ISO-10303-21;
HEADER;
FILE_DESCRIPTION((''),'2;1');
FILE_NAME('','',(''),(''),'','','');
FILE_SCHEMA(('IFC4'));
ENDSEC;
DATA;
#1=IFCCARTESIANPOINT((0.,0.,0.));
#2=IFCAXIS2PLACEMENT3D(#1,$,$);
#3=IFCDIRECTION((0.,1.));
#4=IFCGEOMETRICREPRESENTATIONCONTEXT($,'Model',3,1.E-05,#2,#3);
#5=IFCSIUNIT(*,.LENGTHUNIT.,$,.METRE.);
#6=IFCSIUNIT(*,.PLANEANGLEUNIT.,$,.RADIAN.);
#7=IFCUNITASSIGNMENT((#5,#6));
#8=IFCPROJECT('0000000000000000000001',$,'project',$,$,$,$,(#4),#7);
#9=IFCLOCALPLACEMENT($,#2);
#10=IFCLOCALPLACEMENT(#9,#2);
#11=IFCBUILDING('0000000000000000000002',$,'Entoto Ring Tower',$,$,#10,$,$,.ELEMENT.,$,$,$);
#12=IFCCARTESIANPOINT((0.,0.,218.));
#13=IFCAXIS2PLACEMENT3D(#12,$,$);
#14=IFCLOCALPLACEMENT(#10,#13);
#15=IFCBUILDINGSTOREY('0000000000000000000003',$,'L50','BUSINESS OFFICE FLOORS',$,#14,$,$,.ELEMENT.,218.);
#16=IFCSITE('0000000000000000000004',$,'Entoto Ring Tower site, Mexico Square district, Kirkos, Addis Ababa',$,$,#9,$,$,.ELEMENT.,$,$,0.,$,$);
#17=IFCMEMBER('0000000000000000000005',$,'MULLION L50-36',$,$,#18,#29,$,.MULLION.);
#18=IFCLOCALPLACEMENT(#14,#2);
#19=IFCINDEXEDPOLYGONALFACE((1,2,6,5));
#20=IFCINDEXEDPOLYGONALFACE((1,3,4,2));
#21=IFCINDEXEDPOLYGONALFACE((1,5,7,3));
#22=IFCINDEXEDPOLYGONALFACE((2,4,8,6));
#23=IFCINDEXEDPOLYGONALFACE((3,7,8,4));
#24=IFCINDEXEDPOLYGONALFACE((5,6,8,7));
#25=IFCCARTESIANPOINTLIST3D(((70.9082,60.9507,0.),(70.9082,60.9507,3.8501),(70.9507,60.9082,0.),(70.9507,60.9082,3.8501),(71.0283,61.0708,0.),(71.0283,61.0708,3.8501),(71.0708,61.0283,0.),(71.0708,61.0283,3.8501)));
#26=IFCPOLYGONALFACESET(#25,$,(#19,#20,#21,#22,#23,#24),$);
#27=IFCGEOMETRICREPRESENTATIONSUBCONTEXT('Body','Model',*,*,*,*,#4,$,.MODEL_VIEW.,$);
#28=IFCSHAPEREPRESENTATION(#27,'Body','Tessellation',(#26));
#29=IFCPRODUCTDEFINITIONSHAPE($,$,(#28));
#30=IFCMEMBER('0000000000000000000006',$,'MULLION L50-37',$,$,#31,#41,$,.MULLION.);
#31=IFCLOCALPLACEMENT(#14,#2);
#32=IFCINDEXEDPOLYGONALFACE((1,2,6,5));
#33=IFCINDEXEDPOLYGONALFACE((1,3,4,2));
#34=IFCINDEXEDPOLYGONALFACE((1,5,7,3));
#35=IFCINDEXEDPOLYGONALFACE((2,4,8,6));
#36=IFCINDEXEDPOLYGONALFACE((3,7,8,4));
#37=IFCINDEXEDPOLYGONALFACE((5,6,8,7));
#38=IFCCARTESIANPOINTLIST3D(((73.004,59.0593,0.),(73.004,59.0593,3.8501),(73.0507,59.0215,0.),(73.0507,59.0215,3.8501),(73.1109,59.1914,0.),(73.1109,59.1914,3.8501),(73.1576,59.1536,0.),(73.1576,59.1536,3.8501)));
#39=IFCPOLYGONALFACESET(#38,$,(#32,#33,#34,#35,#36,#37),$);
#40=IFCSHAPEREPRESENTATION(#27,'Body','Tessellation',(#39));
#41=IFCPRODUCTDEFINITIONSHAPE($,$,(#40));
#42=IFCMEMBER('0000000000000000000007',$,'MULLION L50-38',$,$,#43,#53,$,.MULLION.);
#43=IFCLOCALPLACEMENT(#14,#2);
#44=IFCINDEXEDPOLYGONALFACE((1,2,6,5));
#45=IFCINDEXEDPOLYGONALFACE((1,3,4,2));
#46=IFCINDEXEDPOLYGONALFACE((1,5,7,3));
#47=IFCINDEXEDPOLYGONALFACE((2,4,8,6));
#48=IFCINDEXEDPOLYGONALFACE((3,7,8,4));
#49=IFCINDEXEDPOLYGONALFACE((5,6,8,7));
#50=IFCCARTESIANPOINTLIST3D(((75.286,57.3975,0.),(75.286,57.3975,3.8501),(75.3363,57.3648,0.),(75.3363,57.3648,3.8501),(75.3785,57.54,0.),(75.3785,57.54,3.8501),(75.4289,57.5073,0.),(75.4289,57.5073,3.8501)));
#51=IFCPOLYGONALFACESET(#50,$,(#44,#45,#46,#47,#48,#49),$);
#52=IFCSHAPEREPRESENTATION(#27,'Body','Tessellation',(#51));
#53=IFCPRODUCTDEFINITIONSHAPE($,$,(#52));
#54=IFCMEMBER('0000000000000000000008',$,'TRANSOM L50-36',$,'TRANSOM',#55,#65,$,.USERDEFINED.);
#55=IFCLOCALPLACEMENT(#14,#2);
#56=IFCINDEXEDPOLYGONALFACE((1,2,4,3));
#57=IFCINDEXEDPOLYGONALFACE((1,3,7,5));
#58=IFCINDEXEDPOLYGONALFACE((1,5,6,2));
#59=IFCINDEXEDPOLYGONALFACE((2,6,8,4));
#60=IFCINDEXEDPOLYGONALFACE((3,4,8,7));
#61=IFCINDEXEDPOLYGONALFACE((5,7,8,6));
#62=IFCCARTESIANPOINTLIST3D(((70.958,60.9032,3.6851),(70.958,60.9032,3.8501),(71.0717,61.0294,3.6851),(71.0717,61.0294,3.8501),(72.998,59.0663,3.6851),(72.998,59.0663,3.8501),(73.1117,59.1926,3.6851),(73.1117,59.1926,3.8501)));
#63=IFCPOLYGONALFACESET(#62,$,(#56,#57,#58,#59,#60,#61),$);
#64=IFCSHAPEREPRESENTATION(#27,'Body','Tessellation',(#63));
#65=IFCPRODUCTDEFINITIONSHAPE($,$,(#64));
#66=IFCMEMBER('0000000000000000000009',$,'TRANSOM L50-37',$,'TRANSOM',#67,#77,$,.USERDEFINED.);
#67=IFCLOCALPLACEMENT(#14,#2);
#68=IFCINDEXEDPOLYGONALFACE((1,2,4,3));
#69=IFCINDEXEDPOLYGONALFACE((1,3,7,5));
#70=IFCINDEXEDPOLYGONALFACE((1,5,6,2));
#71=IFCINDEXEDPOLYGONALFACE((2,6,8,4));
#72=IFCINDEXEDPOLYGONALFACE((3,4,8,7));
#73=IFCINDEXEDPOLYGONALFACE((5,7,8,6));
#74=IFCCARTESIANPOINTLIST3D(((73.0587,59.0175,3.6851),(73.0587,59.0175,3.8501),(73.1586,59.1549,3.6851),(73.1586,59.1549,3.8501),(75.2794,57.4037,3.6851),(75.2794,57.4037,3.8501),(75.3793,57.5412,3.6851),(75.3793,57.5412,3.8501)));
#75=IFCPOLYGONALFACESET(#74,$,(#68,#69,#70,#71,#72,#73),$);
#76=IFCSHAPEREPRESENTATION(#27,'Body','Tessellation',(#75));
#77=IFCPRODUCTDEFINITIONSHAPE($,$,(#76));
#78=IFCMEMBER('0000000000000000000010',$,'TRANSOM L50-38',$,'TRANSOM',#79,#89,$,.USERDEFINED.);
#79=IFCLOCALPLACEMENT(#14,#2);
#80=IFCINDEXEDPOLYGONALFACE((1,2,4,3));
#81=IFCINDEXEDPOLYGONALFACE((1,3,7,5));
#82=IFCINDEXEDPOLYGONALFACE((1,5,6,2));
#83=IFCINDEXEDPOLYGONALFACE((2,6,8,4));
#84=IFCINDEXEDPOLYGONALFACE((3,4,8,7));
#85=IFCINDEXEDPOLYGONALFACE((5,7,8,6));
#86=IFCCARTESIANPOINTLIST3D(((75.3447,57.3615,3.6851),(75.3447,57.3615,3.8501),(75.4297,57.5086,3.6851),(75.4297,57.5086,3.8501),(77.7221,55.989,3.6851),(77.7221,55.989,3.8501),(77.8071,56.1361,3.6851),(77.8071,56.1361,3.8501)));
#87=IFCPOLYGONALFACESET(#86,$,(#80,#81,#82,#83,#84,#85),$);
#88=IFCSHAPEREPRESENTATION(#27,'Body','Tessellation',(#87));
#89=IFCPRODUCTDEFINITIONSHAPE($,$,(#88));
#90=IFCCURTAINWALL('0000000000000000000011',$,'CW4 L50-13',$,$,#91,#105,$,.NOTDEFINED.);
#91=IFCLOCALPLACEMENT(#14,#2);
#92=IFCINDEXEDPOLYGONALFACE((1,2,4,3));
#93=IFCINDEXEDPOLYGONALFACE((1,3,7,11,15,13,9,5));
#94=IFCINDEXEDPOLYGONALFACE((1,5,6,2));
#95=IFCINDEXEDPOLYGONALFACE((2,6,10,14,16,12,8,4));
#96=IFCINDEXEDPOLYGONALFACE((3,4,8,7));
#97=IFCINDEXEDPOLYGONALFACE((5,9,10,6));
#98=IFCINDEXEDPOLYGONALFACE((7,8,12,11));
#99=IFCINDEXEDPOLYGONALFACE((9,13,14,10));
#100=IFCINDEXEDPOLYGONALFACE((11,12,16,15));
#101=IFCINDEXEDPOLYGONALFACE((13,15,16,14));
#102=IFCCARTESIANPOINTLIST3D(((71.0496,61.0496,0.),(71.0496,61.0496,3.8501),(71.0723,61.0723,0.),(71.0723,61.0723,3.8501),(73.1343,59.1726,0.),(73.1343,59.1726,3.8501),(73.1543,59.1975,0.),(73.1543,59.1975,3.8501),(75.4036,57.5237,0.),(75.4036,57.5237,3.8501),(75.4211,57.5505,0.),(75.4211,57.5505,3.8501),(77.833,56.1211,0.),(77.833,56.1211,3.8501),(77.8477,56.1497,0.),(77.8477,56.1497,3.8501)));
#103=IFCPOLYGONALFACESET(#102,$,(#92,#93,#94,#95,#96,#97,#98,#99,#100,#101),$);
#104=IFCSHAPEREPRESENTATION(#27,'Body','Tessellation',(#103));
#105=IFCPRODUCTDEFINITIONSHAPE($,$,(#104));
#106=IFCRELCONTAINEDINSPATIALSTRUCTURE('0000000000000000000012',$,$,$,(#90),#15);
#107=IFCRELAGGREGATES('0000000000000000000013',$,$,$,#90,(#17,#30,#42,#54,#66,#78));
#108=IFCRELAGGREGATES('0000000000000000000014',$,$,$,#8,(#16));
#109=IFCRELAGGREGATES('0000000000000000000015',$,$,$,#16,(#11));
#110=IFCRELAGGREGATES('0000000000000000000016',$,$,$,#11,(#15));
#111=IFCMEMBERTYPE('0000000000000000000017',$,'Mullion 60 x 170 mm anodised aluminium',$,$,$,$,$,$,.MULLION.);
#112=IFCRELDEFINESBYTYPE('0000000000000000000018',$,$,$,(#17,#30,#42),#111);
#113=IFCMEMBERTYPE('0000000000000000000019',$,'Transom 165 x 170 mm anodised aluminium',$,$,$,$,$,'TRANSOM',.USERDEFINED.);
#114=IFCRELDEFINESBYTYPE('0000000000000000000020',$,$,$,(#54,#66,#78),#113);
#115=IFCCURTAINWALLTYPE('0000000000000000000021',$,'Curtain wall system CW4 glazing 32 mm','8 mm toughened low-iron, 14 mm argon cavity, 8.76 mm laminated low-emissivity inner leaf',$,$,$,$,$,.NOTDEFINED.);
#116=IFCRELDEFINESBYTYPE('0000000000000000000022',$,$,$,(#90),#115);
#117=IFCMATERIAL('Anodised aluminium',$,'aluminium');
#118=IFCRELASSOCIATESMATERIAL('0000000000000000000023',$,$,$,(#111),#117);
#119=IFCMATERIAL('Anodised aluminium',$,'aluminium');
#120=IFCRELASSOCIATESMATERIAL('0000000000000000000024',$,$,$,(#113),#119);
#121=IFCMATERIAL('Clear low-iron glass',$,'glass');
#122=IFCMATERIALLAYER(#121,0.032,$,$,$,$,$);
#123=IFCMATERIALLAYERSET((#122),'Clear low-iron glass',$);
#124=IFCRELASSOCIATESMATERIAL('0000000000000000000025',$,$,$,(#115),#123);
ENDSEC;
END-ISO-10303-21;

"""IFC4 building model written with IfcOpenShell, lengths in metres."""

from ifc_helpers import new_model, si_unit, direction, frame, origin, origin_2d, place, context, subcontext, project, spatial, polyline, rectangle, outline, extrude, material, layer, layer_set, material_profile, profile_set, type_object, element, aggregate, save


model = new_model("IFC4")

# Units and contexts
model_context = context("Model", 3, precision=1e-05, world=origin(), true_north=direction((0.0, 1.0)))
body_context = subcontext(model_context, "Body", "Model", "MODEL_VIEW")
ifc_project = project(units=[si_unit("LENGTHUNIT", "METRE"), si_unit("PLANEANGLEUNIT", "RADIAN")], contexts=[model_context])

# Members
ifc_material_1 = material(Name="Anodised aluminium", Category="aluminium")
ifc_material_profile_1 = material_profile(ifc_material_1, rectangle(XDim=0.0601, YDim=0.1699, at=origin_2d()), Name="Mullion 60 x 170 mm anodised aluminium")
ifc_profile_set_1 = profile_set([ifc_material_profile_1], Name="Anodised aluminium")
member_type_1 = type_object("IfcMemberType", Name="Mullion 60 x 170 mm anodised aluminium", PredefinedType="MULLION", material=ifc_profile_set_1)
site_placement = place(None, origin())
building_placement = place(site_placement, origin())
storey_placement = place(building_placement, frame((0.0, 0.0, 218.0)))
member_1_placement = place(storey_placement, frame((70.9895, 60.9895, 0.0), z_axis=(0.0, 0.0, 1.0), x_axis=(0.707107, -0.707107, 0.0)))
member_1 = element("IfcMember", 1, at=member_1_placement, type_object=member_type_1, Name="MULLION L50-36", PredefinedType="MULLION", context=body_context, shape_type="SweptSolid", body=[
    extrude(rectangle(XDim=0.0601, YDim=0.1699, at=origin_2d()), origin(), (0.0, 0.0, 1.0), 3.8501),
])
member_2_placement = place(storey_placement, frame((73.0808, 59.1064, 0.0), z_axis=(0.0, 0.0, 1.0), x_axis=(0.777146, -0.62932, 0.0)))
member_2 = element("IfcMember", 2, at=member_2_placement, type_object=member_type_1, Name="MULLION L50-37", PredefinedType="MULLION", context=body_context, shape_type="SweptSolid", body=[
    extrude(rectangle(XDim=0.0601, YDim=0.1699, at=origin_2d()), origin(), (0.0, 0.0, 1.0), 3.8501),
])
member_3_placement = place(storey_placement, frame((75.3574, 57.4524, 0.0), z_axis=(0.0, 0.0, 1.0), x_axis=(0.838671, -0.544639, 0.0)))
member_3 = element("IfcMember", 3, at=member_3_placement, type_object=member_type_1, Name="MULLION L50-38", PredefinedType="MULLION", context=body_context, shape_type="SweptSolid", body=[
    extrude(rectangle(XDim=0.0601, YDim=0.1699, at=origin_2d()), origin(), (0.0, 0.0, 1.0), 3.8501),
])
ifc_material_2 = material(Name="Anodised aluminium", Category="aluminium")
ifc_material_profile_2 = material_profile(ifc_material_2, rectangle(XDim=0.1699, YDim=0.165, at=origin_2d()), Name="Transom 165 x 170 mm anodised aluminium")
ifc_profile_set_2 = profile_set([ifc_material_profile_2], Name="Anodised aluminium")
member_type_2 = type_object("IfcMemberType", Name="Transom 165 x 170 mm anodised aluminium", ElementType="TRANSOM", PredefinedType="USERDEFINED", material=ifc_profile_set_2)
member_4_placement = place(storey_placement, frame((71.0149, 60.9663, 3.7676), z_axis=(0.743135, -0.669142, 0.0), x_axis=(0.669142, 0.743135, 0.0)))
member_4 = element("IfcMember", 4, at=member_4_placement, type_object=member_type_2, Name="TRANSOM L50-36", ObjectType="TRANSOM", PredefinedType="USERDEFINED", context=body_context, shape_type="SweptSolid", body=[
    extrude(rectangle(XDim=0.1699, YDim=0.165, at=origin_2d()), origin(), (0.0, 0.0, 1.0), 2.7451),
])
member_5_placement = place(storey_placement, frame((73.1086, 59.0862, 3.7676), z_axis=(0.808959, -0.587865, 0.0), x_axis=(0.587865, 0.808959, 0.0)))
member_5 = element("IfcMember", 5, at=member_5_placement, type_object=member_type_2, Name="TRANSOM L50-37", ObjectType="TRANSOM", PredefinedType="USERDEFINED", context=body_context, shape_type="SweptSolid", body=[
    extrude(rectangle(XDim=0.1699, YDim=0.165, at=origin_2d()), origin(), (0.0, 0.0, 1.0), 2.7451),
])
member_6_placement = place(storey_placement, frame((75.3872, 57.4351, 3.7676), z_axis=(0.866035, -0.499984, 0.0), x_axis=(0.499984, 0.866035, 0.0)))
member_6 = element("IfcMember", 6, at=member_6_placement, type_object=member_type_2, Name="TRANSOM L50-38", ObjectType="TRANSOM", PredefinedType="USERDEFINED", context=body_context, shape_type="SweptSolid", body=[
    extrude(rectangle(XDim=0.1699, YDim=0.165, at=origin_2d()), origin(), (0.0, 0.0, 1.0), 2.7451),
])

# Site, building, storey
site = spatial("IfcSite", under=ifc_project, at=site_placement, Name="Entoto Ring Tower site, Mexico Square district, Kirkos, Addis Ababa", CompositionType="ELEMENT", RefElevation=0.0)
building = spatial("IfcBuilding", under=site, at=building_placement, Name="Entoto Ring Tower", CompositionType="ELEMENT")
storey = spatial("IfcBuildingStorey", under=building, at=storey_placement, Name="L50", Description="BUSINESS OFFICE FLOORS", CompositionType="ELEMENT", Elevation=218.0)

# Curtain wall
ifc_material_3 = material(Name="Clear low-iron glass", Category="glass")
ifc_layer = layer(ifc_material_3, 0.032)
ifc_layer_set = layer_set([ifc_layer], Name="Clear low-iron glass")
curtain_wall_type = type_object("IfcCurtainWallType", Name="Curtain wall system CW4 glazing 32 mm", Description="8 mm toughened low-iron, 14 mm argon cavity, 8.76 mm laminated low-emissivity inner leaf", PredefinedType="NOTDEFINED", material=ifc_layer_set)
curtain_wall_1_placement = place(storey_placement, origin())
curtain_wall_1 = element("IfcCurtainWall", 7, at=curtain_wall_1_placement, inside=storey, type_object=curtain_wall_type, Name="CW4 L50-13", PredefinedType="NOTDEFINED", context=body_context, shape_type="SweptSolid", body=[
    extrude(outline(polyline([(71.0496, 61.0496), (73.1343, 59.1726), (75.4036, 57.5237), (77.833, 56.1211), (77.8477, 56.1497), (75.4211, 57.5505), (73.1543, 59.1975), (71.0723, 61.0723), (71.0496, 61.0496)])), origin(), (0.0, 0.0, 1.0), 3.8501),
])
aggregate(curtain_wall_1, [member_1, member_2, member_3, member_4, member_5, member_6])

save(model, "model.ifc")
